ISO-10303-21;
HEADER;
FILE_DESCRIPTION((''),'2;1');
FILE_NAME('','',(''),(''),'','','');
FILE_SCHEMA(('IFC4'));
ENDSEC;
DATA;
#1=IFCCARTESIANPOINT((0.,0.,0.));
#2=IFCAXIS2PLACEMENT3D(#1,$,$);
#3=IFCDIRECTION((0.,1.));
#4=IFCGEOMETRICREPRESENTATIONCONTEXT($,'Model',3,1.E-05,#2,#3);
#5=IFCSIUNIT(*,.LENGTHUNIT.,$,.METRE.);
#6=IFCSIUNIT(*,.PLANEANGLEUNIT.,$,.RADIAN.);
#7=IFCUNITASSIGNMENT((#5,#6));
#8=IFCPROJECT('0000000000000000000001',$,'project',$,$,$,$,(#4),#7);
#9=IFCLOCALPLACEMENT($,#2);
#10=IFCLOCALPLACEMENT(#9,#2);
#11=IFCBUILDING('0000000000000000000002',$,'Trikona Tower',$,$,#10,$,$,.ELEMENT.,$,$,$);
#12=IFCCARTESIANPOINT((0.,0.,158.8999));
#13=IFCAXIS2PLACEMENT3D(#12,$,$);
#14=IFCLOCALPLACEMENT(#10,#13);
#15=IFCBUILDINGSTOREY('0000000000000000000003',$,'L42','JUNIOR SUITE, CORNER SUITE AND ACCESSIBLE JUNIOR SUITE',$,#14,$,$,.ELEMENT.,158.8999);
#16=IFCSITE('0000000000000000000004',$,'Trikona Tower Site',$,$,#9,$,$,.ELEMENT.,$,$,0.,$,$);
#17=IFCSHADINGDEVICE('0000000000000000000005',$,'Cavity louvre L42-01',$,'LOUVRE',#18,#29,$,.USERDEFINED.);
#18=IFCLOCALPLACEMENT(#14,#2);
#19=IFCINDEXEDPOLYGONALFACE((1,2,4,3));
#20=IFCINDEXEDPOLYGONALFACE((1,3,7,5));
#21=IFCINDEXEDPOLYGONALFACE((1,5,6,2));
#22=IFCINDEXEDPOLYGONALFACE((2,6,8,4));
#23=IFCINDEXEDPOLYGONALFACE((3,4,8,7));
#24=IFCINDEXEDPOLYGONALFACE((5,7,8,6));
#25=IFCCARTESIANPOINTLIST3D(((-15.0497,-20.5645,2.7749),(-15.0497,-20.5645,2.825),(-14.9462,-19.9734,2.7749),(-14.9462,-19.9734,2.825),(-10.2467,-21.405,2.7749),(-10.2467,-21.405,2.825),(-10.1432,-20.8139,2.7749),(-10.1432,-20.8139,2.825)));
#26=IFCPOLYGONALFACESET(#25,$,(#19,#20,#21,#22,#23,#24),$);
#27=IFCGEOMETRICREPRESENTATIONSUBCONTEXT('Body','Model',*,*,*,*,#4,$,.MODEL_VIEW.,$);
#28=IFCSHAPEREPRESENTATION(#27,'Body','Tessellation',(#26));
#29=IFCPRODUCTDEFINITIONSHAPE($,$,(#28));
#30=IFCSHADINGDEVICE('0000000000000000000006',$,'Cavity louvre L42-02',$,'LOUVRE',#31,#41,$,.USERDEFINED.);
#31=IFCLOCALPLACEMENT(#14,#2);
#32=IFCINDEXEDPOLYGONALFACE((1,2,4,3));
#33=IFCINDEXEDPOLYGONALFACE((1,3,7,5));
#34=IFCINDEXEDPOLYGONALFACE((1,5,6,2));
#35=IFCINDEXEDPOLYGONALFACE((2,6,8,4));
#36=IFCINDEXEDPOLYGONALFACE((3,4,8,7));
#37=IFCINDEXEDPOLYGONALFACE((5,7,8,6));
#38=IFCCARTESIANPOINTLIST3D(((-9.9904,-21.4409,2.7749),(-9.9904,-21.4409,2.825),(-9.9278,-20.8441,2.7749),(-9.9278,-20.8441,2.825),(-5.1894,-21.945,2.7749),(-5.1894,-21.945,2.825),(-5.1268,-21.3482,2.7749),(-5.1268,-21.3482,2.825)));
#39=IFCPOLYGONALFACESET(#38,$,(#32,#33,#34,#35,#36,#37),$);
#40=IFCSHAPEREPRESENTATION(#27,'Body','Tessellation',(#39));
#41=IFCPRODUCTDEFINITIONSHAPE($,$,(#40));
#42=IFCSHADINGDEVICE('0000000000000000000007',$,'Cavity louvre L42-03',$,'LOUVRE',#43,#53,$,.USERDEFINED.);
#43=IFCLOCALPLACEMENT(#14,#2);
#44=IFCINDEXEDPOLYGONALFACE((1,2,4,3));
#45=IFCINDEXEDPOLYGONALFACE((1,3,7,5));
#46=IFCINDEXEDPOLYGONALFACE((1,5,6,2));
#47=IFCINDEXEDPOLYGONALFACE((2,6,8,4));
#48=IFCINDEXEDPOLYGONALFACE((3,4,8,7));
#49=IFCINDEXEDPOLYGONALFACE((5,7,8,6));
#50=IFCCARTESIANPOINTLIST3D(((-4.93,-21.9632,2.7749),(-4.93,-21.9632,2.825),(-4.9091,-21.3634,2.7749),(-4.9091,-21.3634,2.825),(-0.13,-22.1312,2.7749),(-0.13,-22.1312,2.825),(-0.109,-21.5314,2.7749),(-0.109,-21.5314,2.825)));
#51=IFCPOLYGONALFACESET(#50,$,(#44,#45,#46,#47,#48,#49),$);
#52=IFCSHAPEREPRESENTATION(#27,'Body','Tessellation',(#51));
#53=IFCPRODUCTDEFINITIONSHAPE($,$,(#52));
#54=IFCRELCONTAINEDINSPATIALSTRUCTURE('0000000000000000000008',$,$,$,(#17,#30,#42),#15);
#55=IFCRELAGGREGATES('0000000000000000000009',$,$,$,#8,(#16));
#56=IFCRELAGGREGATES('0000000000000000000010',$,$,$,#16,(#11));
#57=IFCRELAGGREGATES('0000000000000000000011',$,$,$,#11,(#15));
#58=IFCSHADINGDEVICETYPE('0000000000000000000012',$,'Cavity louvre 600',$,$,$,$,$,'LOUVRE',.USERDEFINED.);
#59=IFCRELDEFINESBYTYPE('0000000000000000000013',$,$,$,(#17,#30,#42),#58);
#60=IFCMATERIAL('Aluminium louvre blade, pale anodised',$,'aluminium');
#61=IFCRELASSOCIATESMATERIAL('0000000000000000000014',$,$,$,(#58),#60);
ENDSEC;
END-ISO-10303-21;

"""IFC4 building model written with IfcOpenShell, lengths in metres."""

from ifc_helpers import new_model, si_unit, direction, frame, origin, origin_2d, place, context, subcontext, project, spatial, rectangle, extrude, material, type_object, element, save


model = new_model("IFC4")

# Units and contexts
model_context = context("Model", 3, precision=1e-05, world=origin(), true_north=direction((0.0, 1.0)))
body_context = subcontext(model_context, "Body", "Model", "MODEL_VIEW")
ifc_project = project(units=[si_unit("LENGTHUNIT", "METRE"), si_unit("PLANEANGLEUNIT", "RADIAN")], contexts=[model_context])

# Site, building, storey
site_placement = place(None, origin())
site = spatial("IfcSite", under=ifc_project, at=site_placement, Name="Trikona Tower Site", CompositionType="ELEMENT", RefElevation=0.0)
building_placement = place(site_placement, origin())
building = spatial("IfcBuilding", under=site, at=building_placement, Name="Trikona Tower", CompositionType="ELEMENT")
storey_placement = place(building_placement, frame((0.0, 0.0, 158.8999)))
storey = spatial("IfcBuildingStorey", under=building, at=storey_placement, Name="L42", Description="JUNIOR SUITE, CORNER SUITE AND ACCESSIBLE JUNIOR SUITE", CompositionType="ELEMENT", Elevation=158.8999)

# Shading devices
ifc_material_1 = material(Name="Aluminium louvre blade, pale anodised", Category="aluminium")
shading_device_type = type_object("IfcShadingDeviceType", Name="Cavity louvre 600", ElementType="LOUVRE", PredefinedType="USERDEFINED", material=ifc_material_1)
shading_device_1_placement = place(storey_placement, frame((-12.5964, -20.6892, 2.7749), z_axis=(0.0, 0.0, 1.0), x_axis=(0.985031, -0.17238, 0.0)))
element("IfcShadingDevice", 1, at=shading_device_1_placement, inside=storey, type_object=shading_device_type, Name="Cavity louvre L42-01", ObjectType="LOUVRE", PredefinedType="USERDEFINED", context=body_context, shape_type="SweptSolid", body=[
    extrude(rectangle(XDim=4.876, YDim=0.6001, at=origin_2d()), origin(), (0.0, 0.0, 1.0), 0.05),
])
shading_device_2_placement = place(storey_placement, frame((-7.5586, -21.3945, 2.7749), z_axis=(0.0, 0.0, 1.0), x_axis=(0.994533, -0.104426, 0.0)))
element("IfcShadingDevice", 2, at=shading_device_2_placement, inside=storey, type_object=shading_device_type, Name="Cavity louvre L42-02", ObjectType="LOUVRE", PredefinedType="USERDEFINED", context=body_context, shape_type="SweptSolid", body=[
    extrude(rectangle(XDim=4.8274, YDim=0.6001, at=origin_2d()), origin(), (0.0, 0.0, 1.0), 0.05),
])
shading_device_3_placement = place(storey_placement, frame((-2.5195, -21.7473, 2.7749), z_axis=(0.0, 0.0, 1.0), x_axis=(0.999388, -0.034978, 0.0)))
element("IfcShadingDevice", 3, at=shading_device_3_placement, inside=storey, type_object=shading_device_type, Name="Cavity louvre L42-03", ObjectType="LOUVRE", PredefinedType="USERDEFINED", context=body_context, shape_type="SweptSolid", body=[
    extrude(rectangle(XDim=4.803, YDim=0.6001, at=origin_2d()), origin(), (0.0, 0.0, 1.0), 0.05),
])

save(model, "model.ifc")
